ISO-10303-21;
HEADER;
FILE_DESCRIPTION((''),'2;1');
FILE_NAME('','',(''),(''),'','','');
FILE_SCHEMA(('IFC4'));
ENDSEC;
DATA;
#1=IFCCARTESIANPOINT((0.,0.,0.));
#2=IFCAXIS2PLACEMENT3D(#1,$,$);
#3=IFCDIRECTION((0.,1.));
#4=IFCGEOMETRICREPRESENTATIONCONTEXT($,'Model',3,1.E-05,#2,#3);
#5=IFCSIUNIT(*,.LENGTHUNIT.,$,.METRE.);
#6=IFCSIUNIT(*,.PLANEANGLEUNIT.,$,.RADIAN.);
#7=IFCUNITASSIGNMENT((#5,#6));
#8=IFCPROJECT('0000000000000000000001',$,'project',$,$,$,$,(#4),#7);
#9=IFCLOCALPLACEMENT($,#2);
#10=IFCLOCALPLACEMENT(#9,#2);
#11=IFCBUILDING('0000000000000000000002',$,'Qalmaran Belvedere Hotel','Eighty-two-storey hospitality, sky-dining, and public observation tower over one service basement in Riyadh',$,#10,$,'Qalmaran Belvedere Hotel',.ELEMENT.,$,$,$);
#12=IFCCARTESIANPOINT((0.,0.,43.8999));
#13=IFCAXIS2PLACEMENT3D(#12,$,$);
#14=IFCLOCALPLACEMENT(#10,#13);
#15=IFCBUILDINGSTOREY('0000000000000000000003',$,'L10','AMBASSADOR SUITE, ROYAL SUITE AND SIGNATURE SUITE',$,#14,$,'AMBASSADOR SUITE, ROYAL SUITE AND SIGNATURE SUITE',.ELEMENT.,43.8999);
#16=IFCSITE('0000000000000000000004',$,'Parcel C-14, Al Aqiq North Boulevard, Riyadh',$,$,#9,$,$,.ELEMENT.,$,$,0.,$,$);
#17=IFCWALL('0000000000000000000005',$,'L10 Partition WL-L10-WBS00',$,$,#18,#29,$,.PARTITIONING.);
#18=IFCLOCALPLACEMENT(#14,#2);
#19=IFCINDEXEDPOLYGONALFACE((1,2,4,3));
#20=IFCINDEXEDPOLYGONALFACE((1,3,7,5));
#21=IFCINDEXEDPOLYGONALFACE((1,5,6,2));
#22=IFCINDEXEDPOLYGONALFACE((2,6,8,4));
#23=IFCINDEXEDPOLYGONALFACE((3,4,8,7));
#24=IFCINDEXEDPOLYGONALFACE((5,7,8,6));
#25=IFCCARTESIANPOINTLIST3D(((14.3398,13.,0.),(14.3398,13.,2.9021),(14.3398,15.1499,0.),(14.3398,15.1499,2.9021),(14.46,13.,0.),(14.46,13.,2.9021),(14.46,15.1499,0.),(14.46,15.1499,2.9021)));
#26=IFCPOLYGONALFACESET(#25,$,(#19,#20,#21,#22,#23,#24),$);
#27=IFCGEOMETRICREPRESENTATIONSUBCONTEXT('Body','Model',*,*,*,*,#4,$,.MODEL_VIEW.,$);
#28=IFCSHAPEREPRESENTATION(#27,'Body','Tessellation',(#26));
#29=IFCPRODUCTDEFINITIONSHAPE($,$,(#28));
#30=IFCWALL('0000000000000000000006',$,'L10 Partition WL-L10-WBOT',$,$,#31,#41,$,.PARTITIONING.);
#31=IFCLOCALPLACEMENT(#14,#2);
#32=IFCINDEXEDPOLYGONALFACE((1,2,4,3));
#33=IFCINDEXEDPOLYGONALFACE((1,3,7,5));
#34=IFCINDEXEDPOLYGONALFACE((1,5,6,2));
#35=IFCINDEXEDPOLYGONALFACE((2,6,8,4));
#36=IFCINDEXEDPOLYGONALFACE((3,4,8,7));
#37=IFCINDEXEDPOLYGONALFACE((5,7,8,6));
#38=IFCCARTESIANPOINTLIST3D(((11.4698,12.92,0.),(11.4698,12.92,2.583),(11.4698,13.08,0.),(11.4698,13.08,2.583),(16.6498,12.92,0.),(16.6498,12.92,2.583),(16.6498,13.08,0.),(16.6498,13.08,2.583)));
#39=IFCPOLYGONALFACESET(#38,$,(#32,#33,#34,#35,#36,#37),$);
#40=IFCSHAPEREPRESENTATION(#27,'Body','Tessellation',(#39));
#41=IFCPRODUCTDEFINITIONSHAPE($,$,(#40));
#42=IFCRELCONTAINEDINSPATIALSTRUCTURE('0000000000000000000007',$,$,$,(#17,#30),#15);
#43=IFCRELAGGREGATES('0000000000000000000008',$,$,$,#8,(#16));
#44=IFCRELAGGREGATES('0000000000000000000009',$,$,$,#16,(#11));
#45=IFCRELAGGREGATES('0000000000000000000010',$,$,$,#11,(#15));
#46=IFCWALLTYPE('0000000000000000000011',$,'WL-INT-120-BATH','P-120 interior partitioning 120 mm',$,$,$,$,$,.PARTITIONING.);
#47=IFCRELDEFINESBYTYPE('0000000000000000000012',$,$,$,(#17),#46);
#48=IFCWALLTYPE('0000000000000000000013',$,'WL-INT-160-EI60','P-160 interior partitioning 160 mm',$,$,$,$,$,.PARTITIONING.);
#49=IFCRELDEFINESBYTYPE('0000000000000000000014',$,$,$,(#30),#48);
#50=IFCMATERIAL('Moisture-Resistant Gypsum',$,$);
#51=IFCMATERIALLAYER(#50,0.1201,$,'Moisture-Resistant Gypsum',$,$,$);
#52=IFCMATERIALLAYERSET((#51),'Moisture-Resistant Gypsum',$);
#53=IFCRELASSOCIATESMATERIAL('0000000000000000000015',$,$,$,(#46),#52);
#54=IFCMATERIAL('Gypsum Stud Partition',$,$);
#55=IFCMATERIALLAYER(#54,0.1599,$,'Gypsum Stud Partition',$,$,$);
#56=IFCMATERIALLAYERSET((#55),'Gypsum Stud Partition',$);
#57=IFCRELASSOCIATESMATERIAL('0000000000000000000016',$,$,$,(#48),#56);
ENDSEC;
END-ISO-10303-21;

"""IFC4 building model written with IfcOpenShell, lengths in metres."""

from ifc_helpers import new_model, si_unit, direction, frame, frame_2d, origin, place, context, subcontext, project, spatial, rectangle, extrude, material, layer, layer_set, type_object, element, save


model = new_model("IFC4")

# Units and contexts
model_context = context("Model", 3, precision=1e-05, world=origin(), true_north=direction((0.0, 1.0)))
body_context = subcontext(model_context, "Body", "Model", "MODEL_VIEW")
ifc_project = project(units=[si_unit("LENGTHUNIT", "METRE"), si_unit("PLANEANGLEUNIT", "RADIAN")], contexts=[model_context])

# Site, building, storey
site_placement = place(None, origin())
site = spatial("IfcSite", under=ifc_project, at=site_placement, Name="Parcel C-14, Al Aqiq North Boulevard, Riyadh", CompositionType="ELEMENT", RefElevation=0.0)
building_placement = place(site_placement, origin())
building = spatial("IfcBuilding", under=site, at=building_placement, Name="Qalmaran Belvedere Hotel", Description="Eighty-two-storey hospitality, sky-dining, and public observation tower over one service basement in Riyadh", LongName="Qalmaran Belvedere Hotel", CompositionType="ELEMENT")
storey_placement = place(building_placement, frame((0.0, 0.0, 43.8999)))
storey = spatial("IfcBuildingStorey", under=building, at=storey_placement, Name="L10", Description="AMBASSADOR SUITE, ROYAL SUITE AND SIGNATURE SUITE", LongName="AMBASSADOR SUITE, ROYAL SUITE AND SIGNATURE SUITE", CompositionType="ELEMENT", Elevation=43.8999)

# Shared definitions
ifc_material_1 = material(Name="Moisture-Resistant Gypsum")
ifc_layer_1 = layer(ifc_material_1, 0.1201, Name="Moisture-Resistant Gypsum")
ifc_layer_set_1 = layer_set([ifc_layer_1], Name="Moisture-Resistant Gypsum")
wall_type_1 = type_object("IfcWallType", Name="WL-INT-120-BATH", Description="P-120 interior partitioning 120 mm", PredefinedType="PARTITIONING", material=ifc_layer_set_1)

# Walls
wall_1_placement = place(storey_placement, frame((14.3999, 13.0, 0.0), z_axis=(0.0, 0.0, 1.0), x_axis=(0.0, 1.0, 0.0)))
element("IfcWall", 1, at=wall_1_placement, inside=storey, type_object=wall_type_1, Name="L10 Partition WL-L10-WBS00", PredefinedType="PARTITIONING", context=body_context, shape_type="SweptSolid", body=[
    extrude(rectangle(XDim=2.1499, YDim=0.1201, at=frame_2d((1.075, 0.0))), origin(), (0.0, 0.0, 1.0), 2.9021),
])
ifc_material_2 = material(Name="Gypsum Stud Partition")
ifc_layer_2 = layer(ifc_material_2, 0.1599, Name="Gypsum Stud Partition")
ifc_layer_set_2 = layer_set([ifc_layer_2], Name="Gypsum Stud Partition")
wall_type_2 = type_object("IfcWallType", Name="WL-INT-160-EI60", Description="P-160 interior partitioning 160 mm", PredefinedType="PARTITIONING", material=ifc_layer_set_2)
wall_2_placement = place(storey_placement, frame((11.47, 13.0, 0.0), z_axis=(0.0, 0.0, 1.0), x_axis=(1.0, 0.0, 0.0)))
element("IfcWall", 2, at=wall_2_placement, inside=storey, type_object=wall_type_2, Name="L10 Partition WL-L10-WBOT", PredefinedType="PARTITIONING", context=body_context, shape_type="SweptSolid", body=[
    extrude(rectangle(XDim=5.1799, YDim=0.1599, at=frame_2d((2.5898, 0.0))), origin(), (0.0, 0.0, 1.0), 2.583),
])

save(model, "model.ifc")
